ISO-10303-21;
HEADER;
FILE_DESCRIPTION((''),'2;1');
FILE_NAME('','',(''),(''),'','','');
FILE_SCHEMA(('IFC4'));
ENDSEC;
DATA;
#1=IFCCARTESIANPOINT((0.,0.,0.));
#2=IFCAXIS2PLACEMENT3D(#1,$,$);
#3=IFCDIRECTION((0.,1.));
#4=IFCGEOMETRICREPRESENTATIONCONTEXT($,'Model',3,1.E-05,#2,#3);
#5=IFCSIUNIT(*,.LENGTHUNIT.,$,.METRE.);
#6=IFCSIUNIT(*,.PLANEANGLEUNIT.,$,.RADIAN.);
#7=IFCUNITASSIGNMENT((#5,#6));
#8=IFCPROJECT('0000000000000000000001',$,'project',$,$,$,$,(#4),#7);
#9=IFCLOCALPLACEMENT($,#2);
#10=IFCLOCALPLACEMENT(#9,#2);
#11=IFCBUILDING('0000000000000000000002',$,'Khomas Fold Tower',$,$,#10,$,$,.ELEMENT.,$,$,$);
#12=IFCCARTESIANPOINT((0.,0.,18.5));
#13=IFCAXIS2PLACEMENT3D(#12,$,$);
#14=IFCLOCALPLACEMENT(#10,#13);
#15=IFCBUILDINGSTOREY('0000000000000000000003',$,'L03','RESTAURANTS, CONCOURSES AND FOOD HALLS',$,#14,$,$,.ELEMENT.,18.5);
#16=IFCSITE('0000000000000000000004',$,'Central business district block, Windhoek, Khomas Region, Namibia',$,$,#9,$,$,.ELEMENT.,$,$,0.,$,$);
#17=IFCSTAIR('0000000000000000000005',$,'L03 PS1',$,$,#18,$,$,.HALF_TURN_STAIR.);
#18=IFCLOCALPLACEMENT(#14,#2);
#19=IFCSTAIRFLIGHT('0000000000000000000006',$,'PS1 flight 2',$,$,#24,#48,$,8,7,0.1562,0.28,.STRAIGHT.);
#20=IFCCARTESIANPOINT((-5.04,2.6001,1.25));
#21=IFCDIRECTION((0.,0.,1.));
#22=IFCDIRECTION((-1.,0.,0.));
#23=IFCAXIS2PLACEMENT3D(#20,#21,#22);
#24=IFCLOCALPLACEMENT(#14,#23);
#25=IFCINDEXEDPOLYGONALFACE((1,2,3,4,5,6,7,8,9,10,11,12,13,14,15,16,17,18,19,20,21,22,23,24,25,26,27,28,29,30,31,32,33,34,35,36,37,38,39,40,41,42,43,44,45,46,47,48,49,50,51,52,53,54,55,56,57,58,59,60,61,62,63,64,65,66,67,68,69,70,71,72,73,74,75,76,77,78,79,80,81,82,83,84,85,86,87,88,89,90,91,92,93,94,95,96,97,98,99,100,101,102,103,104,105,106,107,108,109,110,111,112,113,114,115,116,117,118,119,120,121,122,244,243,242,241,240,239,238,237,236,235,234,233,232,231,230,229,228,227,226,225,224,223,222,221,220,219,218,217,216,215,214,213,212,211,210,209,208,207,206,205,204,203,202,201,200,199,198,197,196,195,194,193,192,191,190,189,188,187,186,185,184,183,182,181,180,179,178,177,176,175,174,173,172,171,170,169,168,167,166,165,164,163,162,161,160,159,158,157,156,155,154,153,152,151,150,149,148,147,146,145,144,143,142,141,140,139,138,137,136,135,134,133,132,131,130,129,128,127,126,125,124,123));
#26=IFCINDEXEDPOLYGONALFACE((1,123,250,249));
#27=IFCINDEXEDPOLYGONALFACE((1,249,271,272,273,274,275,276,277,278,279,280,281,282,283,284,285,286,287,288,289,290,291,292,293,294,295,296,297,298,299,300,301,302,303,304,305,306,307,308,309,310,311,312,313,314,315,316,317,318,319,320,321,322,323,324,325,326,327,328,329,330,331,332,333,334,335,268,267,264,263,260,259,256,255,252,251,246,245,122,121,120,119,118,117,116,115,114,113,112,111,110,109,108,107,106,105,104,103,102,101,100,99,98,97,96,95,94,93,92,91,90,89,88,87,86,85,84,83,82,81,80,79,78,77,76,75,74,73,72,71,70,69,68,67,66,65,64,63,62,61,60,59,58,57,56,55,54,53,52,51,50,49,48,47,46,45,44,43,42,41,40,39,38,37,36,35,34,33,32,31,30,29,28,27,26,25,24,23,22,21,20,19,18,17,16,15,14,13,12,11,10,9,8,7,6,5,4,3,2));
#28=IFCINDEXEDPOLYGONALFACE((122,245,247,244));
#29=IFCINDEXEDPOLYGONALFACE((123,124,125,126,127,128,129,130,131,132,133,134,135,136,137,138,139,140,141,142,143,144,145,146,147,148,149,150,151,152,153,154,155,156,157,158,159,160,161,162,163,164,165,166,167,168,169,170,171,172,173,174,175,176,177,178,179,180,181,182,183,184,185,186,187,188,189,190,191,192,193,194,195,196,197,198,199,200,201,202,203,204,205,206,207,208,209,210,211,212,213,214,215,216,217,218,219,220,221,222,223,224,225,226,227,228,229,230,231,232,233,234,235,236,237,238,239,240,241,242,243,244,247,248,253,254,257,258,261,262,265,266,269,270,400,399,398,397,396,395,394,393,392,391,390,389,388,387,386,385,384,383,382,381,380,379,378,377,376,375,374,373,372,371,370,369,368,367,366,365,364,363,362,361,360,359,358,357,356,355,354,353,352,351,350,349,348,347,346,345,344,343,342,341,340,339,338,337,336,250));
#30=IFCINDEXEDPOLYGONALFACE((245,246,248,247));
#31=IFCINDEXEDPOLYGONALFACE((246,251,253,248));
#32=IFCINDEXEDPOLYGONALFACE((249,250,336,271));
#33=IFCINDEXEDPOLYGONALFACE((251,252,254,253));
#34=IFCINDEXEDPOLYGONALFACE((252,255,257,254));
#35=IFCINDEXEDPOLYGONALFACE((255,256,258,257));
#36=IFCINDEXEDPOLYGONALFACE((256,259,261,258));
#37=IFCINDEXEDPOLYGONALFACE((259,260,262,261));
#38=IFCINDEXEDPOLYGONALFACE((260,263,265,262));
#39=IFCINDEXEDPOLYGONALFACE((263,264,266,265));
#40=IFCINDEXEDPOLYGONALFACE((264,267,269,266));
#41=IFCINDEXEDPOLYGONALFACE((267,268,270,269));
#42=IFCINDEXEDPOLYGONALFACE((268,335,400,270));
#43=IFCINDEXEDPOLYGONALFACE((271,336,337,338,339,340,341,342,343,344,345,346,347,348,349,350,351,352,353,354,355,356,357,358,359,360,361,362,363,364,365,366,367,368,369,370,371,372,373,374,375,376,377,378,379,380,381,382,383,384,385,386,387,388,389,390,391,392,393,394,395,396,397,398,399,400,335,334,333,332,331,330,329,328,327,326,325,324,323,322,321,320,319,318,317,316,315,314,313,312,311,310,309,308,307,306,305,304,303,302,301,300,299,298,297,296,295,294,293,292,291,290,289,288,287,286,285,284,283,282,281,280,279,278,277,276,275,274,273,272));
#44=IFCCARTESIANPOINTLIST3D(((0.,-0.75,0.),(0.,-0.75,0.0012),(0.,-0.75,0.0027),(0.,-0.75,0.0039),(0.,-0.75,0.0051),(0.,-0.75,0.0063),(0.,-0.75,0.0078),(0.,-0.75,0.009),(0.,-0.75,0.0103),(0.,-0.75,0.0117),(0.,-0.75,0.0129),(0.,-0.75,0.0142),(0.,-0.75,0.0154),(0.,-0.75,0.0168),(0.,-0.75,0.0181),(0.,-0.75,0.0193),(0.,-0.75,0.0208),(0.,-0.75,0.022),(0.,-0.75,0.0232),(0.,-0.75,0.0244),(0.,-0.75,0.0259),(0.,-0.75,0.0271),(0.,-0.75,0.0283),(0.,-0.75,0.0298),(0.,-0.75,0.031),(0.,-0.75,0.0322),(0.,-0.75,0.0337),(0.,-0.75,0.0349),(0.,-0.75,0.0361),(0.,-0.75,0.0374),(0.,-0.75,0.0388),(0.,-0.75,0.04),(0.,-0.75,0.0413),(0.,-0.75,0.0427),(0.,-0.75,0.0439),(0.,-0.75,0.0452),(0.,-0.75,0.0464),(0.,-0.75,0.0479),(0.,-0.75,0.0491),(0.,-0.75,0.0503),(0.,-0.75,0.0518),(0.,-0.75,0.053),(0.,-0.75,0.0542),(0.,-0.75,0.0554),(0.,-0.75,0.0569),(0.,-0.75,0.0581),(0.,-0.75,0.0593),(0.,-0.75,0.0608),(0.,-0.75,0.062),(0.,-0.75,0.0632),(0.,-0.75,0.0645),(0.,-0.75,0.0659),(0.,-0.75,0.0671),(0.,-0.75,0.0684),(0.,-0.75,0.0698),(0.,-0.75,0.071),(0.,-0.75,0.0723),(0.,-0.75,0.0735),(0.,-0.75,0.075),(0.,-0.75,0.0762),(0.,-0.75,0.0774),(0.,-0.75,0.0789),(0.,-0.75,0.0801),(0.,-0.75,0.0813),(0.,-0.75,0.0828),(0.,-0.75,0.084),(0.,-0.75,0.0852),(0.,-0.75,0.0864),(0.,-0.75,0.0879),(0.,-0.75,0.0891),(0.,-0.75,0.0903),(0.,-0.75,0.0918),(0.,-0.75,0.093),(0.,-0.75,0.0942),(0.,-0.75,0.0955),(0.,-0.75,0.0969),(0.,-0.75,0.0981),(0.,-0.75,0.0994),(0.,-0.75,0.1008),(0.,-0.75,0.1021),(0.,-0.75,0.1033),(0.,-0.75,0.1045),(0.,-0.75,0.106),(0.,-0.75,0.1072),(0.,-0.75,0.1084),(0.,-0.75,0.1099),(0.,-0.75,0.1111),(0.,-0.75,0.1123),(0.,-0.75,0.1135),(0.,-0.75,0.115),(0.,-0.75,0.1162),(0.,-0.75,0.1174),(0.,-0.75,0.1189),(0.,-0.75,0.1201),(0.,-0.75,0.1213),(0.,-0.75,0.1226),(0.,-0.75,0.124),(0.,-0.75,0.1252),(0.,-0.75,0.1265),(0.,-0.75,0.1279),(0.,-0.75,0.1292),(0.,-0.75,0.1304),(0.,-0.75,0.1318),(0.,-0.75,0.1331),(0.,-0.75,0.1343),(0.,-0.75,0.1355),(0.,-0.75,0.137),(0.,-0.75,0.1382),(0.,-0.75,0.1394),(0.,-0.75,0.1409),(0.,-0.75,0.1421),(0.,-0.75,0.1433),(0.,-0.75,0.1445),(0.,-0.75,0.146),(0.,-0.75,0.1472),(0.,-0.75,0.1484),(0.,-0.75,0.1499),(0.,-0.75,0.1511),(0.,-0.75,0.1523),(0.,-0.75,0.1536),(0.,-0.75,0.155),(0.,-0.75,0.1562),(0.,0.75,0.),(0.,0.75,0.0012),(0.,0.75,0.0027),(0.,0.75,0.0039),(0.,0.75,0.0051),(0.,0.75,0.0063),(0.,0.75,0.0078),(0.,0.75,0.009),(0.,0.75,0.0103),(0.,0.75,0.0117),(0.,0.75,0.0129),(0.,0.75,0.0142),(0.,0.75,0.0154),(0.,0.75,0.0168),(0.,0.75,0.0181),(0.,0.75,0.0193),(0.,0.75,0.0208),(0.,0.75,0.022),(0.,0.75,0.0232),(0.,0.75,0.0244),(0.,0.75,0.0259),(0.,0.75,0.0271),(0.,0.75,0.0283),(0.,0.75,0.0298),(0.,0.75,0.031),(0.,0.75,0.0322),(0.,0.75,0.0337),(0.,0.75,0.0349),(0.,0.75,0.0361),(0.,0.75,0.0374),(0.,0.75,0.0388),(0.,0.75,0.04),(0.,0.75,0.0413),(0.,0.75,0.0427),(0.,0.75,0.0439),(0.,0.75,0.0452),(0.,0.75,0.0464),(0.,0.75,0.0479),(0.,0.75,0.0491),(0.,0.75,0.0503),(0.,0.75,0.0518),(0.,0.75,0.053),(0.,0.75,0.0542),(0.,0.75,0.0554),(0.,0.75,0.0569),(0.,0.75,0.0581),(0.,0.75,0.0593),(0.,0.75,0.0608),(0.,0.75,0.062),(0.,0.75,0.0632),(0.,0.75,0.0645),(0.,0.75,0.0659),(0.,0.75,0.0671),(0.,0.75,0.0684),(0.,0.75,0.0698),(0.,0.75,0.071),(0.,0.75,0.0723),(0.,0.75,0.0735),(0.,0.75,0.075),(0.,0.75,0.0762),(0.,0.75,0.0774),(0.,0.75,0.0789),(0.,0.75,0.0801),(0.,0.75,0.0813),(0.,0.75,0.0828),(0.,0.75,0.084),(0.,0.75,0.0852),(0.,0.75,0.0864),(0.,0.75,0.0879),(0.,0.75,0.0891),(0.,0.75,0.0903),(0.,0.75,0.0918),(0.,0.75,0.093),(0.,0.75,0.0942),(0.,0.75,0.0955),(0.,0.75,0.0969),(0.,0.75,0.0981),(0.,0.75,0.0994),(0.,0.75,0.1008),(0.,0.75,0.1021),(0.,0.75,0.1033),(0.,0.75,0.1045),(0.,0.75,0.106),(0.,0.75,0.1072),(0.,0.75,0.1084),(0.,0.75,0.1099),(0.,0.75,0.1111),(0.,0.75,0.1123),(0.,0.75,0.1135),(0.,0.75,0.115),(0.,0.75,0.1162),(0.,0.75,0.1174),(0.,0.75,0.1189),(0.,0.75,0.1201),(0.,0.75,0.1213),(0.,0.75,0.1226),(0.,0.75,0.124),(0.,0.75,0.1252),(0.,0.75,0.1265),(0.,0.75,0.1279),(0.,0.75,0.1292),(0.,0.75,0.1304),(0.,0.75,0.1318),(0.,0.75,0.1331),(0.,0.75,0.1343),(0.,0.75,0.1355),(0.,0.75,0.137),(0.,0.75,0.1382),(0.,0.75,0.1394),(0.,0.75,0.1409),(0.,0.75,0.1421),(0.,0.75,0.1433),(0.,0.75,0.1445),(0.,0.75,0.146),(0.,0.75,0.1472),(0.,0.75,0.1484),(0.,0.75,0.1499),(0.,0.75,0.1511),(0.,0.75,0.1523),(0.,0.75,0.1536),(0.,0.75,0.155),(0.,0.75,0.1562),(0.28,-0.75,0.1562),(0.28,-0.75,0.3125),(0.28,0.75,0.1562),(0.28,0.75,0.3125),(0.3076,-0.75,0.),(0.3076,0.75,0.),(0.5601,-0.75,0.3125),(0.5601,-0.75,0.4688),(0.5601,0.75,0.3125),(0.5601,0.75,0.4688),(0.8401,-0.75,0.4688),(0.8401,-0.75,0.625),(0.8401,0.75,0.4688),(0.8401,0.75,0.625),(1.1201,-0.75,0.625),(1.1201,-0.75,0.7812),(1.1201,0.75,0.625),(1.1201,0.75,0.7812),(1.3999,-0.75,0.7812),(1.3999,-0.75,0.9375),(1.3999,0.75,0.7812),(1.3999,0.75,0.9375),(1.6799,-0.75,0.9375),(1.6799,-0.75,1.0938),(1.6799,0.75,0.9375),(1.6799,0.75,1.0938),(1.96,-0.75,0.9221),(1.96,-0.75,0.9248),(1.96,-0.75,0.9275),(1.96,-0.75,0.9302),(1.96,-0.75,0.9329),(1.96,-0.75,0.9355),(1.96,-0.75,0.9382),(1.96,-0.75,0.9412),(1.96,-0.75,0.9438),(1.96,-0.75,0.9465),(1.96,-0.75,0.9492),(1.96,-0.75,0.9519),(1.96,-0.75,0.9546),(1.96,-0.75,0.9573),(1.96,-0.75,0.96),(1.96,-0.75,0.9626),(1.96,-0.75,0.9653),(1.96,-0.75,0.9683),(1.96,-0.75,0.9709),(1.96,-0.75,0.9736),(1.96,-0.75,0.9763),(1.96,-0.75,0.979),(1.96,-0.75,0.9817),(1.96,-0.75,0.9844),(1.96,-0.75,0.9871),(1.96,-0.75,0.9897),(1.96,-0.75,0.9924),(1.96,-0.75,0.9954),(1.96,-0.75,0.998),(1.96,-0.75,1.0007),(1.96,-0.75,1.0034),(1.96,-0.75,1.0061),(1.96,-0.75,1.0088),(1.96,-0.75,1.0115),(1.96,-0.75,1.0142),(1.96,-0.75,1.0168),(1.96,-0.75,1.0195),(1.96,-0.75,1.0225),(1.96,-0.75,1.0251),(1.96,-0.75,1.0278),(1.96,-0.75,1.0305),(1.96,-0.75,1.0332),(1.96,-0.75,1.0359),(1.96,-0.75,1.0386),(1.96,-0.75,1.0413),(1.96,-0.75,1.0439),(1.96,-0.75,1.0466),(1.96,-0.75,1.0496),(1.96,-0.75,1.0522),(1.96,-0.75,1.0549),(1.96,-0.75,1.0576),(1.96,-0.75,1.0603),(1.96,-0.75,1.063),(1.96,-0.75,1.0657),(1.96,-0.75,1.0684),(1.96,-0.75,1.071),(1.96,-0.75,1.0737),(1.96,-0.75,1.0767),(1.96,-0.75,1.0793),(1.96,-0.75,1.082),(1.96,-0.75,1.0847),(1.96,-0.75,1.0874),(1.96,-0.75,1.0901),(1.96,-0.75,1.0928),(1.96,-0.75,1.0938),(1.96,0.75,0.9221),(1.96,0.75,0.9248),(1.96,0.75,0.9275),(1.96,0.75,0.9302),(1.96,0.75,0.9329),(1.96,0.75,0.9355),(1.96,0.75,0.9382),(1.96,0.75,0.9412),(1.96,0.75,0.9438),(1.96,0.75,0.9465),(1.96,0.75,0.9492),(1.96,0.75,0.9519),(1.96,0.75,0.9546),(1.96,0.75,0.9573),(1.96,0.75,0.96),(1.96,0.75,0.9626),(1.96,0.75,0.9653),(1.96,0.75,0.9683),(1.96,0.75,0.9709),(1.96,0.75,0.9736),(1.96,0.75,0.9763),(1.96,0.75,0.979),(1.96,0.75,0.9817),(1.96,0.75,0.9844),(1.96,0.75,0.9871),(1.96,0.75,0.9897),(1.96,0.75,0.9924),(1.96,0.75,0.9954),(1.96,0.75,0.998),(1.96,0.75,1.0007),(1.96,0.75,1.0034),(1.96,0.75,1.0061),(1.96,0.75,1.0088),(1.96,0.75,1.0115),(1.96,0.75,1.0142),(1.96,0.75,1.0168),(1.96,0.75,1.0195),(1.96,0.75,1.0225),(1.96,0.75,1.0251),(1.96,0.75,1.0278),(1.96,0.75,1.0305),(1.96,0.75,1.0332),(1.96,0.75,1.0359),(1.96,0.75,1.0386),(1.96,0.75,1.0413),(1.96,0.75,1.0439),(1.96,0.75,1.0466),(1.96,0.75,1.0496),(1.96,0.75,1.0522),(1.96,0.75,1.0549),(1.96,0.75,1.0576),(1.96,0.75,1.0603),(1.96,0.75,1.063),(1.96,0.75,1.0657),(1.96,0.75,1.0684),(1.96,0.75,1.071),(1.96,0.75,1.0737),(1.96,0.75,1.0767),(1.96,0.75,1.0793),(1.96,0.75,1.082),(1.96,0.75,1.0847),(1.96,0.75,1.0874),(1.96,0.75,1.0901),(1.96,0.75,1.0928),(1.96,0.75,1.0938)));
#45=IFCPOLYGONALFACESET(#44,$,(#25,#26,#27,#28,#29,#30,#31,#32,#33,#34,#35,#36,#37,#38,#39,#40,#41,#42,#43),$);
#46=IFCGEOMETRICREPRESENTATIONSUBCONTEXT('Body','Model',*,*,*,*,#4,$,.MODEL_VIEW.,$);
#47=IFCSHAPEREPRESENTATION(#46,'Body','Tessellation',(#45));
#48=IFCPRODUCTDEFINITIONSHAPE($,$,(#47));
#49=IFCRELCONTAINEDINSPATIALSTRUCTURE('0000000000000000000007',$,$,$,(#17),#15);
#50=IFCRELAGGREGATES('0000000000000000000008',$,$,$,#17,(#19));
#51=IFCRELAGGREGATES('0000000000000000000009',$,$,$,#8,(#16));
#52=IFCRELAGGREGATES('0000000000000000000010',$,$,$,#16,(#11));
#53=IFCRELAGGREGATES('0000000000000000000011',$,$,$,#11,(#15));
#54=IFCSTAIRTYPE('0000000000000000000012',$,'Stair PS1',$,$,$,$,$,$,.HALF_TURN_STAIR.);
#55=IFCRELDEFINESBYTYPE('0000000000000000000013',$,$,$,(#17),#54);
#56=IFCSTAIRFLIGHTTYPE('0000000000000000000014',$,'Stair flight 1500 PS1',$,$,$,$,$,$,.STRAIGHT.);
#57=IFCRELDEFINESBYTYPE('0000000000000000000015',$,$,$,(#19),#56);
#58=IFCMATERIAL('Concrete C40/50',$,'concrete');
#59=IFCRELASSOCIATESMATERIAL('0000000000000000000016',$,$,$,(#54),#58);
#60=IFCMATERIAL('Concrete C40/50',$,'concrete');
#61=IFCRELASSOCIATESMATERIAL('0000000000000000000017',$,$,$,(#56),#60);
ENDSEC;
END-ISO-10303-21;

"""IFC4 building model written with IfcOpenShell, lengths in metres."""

from ifc_helpers import new_model, si_unit, direction, frame, origin, place, context, subcontext, project, spatial, polyline, outline, extrude, source, transform, mapped, material, type_object, element, aggregate, save


model = new_model("IFC4")

# Units and contexts
model_context = context("Model", 3, precision=1e-05, world=origin(), true_north=direction((0.0, 1.0)))
body_context = subcontext(model_context, "Body", "Model", "MODEL_VIEW")
ifc_project = project(units=[si_unit("LENGTHUNIT", "METRE"), si_unit("PLANEANGLEUNIT", "RADIAN")], contexts=[model_context])

# Site, building, storey
site_placement = place(None, origin())
site = spatial("IfcSite", under=ifc_project, at=site_placement, Name="Central business district block, Windhoek, Khomas Region, Namibia", CompositionType="ELEMENT", RefElevation=0.0)
building_placement = place(site_placement, origin())
building = spatial("IfcBuilding", under=site, at=building_placement, Name="Khomas Fold Tower", CompositionType="ELEMENT")
storey_placement = place(building_placement, frame((0.0, 0.0, 18.5)))
storey = spatial("IfcBuildingStorey", under=building, at=storey_placement, Name="L03", Description="RESTAURANTS, CONCOURSES AND FOOD HALLS", CompositionType="ELEMENT", Elevation=18.5)

# Stair, stair flight
ifc_material_1 = material(Name="Concrete C40/50", Category="concrete")
stair_type = type_object("IfcStairType", Name="Stair PS1", PredefinedType="HALF_TURN_STAIR", material=ifc_material_1)
stair_placement = place(storey_placement, origin())
stair = element("IfcStair", 1, at=stair_placement, inside=storey, type_object=stair_type, Name="L03 PS1", PredefinedType="HALF_TURN_STAIR")
ifc_material_2 = material(Name="Concrete C40/50", Category="concrete")
stair_flight_type = type_object("IfcStairFlightType", Name="Stair flight 1500 PS1", PredefinedType="STRAIGHT", material=ifc_material_2)
shared_shape_1 = source(origin(), body_context, "Body", "SweptSolid", [
    extrude(outline(polyline([(0.0, 0.0), (0.0, 0.0012), (0.0, 0.0027), (0.0, 0.0039), (0.0, 0.0051), (0.0, 0.0063), (0.0, 0.0078), (0.0, 0.009), (0.0, 0.0103), (0.0, 0.0117), (0.0, 0.0129), (0.0, 0.0142), (0.0, 0.0154), (0.0, 0.0168), (0.0, 0.0181), (0.0, 0.0193), (0.0, 0.0208), (0.0, 0.022), (0.0, 0.0232), (0.0, 0.0244), (0.0, 0.0259), (0.0, 0.0271), (0.0, 0.0283), (0.0, 0.0298), (0.0, 0.031), (0.0, 0.0322), (0.0, 0.0337), (0.0, 0.0349), (0.0, 0.0361), (0.0, 0.0374), (0.0, 0.0388), (0.0, 0.04), (0.0, 0.0413), (0.0, 0.0427), (0.0, 0.0439), (0.0, 0.0452), (0.0, 0.0464), (0.0, 0.0479), (0.0, 0.0491), (0.0, 0.0503), (0.0, 0.0518), (0.0, 0.053), (0.0, 0.0542), (0.0, 0.0554), (0.0, 0.0569), (0.0, 0.0581), (0.0, 0.0593), (0.0, 0.0608), (0.0, 0.062), (0.0, 0.0632), (0.0, 0.0645), (0.0, 0.0659), (0.0, 0.0671), (0.0, 0.0684), (0.0, 0.0698), (0.0, 0.071), (0.0, 0.0723), (0.0, 0.0735), (0.0, 0.075), (0.0, 0.0762), (0.0, 0.0774), (0.0, 0.0789), (0.0, 0.0801), (0.0, 0.0813), (0.0, 0.0828), (0.0, 0.084), (0.0, 0.0852), (0.0, 0.0864), (0.0, 0.0879), (0.0, 0.0891), (0.0, 0.0903), (0.0, 0.0918), (0.0, 0.093), (0.0, 0.0942), (0.0, 0.0955), (0.0, 0.0969), (0.0, 0.0981), (0.0, 0.0994), (0.0, 0.1008), (0.0, 0.1021), (0.0, 0.1033), (0.0, 0.1045), (0.0, 0.106), (0.0, 0.1072), (0.0, 0.1084), (0.0, 0.1099), (0.0, 0.1111), (0.0, 0.1123), (0.0, 0.1135), (0.0, 0.115), (0.0, 0.1162), (0.0, 0.1174), (0.0, 0.1189), (0.0, 0.1201), (0.0, 0.1213), (0.0, 0.1226), (0.0, 0.124), (0.0, 0.1252), (0.0, 0.1265), (0.0, 0.1279), (0.0, 0.1292), (0.0, 0.1304), (0.0, 0.1318), (0.0, 0.1331), (0.0, 0.1343), (0.0, 0.1355), (0.0, 0.137), (0.0, 0.1382), (0.0, 0.1394), (0.0, 0.1409), (0.0, 0.1421), (0.0, 0.1433), (0.0, 0.1445), (0.0, 0.146), (0.0, 0.1472), (0.0, 0.1484), (0.0, 0.1499), (0.0, 0.1511), (0.0, 0.1523), (0.0, 0.1536), (0.0, 0.155), (0.0, 0.1562), (0.28, 0.1562), (0.28, 0.3125), (0.5601, 0.3125), (0.5601, 0.4688), (0.8401, 0.4688), (0.8401, 0.625), (1.1201, 0.625), (1.1201, 0.7812), (1.3999, 0.7812), (1.3999, 0.9375), (1.6799, 0.9375), (1.6799, 1.0938), (1.96, 1.0938), (1.96, 1.25), (1.96, 1.2473), (1.96, 1.2446), (1.96, 1.2419), (1.96, 1.2393), (1.96, 1.2363), (1.96, 1.2336), (1.96, 1.231), (1.96, 1.2283), (1.96, 1.2256), (1.96, 1.2229), (1.96, 1.2202), (1.96, 1.2175), (1.96, 1.2148), (1.96, 1.2122), (1.96, 1.2092), (1.96, 1.2065), (1.96, 1.2039), (1.96, 1.2012), (1.96, 1.1985), (1.96, 1.1958), (1.96, 1.1931), (1.96, 1.1904), (1.96, 1.1877), (1.96, 1.1851), (1.96, 1.1821), (1.96, 1.1794), (1.96, 1.1768), (1.96, 1.1741), (1.96, 1.1714), (1.96, 1.1687), (1.96, 1.166), (1.96, 1.1633), (1.96, 1.1606), (1.96, 1.158), (1.96, 1.155), (1.96, 1.1523), (1.96, 1.1497), (1.96, 1.147), (1.96, 1.1443), (1.96, 1.1416), (1.96, 1.1389), (1.96, 1.1362), (1.96, 1.1335), (1.96, 1.1309), (1.96, 1.1279), (1.96, 1.1252), (1.96, 1.1226), (1.96, 1.1199), (1.96, 1.1172), (1.96, 1.1145), (1.96, 1.1118), (1.96, 1.1091), (1.96, 1.1064), (1.96, 1.1038), (1.96, 1.1008), (1.96, 1.0981), (1.96, 1.0955), (1.96, 1.0928), (1.96, 1.0901), (1.96, 1.0874), (1.96, 1.0847), (1.96, 1.082), (1.96, 1.0793), (1.96, 1.0767), (1.96, 1.0737), (1.96, 1.071), (1.96, 1.0684), (1.96, 1.0657), (1.96, 1.063), (1.96, 1.0603), (1.96, 1.0576), (1.96, 1.0549), (1.96, 1.0522), (1.96, 1.0496), (1.96, 1.0466), (1.96, 1.0439), (1.96, 1.0413), (1.96, 1.0386), (1.96, 1.0359), (1.96, 1.0332), (1.96, 1.0305), (1.96, 1.0278), (1.96, 1.0251), (1.96, 1.0225), (1.96, 1.0195), (1.96, 1.0168), (1.96, 1.0142), (1.96, 1.0115), (1.96, 1.0088), (1.96, 1.0061), (1.96, 1.0034), (1.96, 1.0007), (1.96, 0.998), (1.96, 0.9954), (1.96, 0.9924), (1.96, 0.9897), (1.96, 0.9871), (1.96, 0.9844), (1.96, 0.9817), (1.96, 0.979), (1.96, 0.9763), (1.96, 0.9736), (1.96, 0.9709), (1.96, 0.9683), (1.96, 0.9653), (1.96, 0.9626), (1.96, 0.96), (1.96, 0.9573), (1.96, 0.9546), (1.96, 0.9519), (1.96, 0.9492), (1.96, 0.9465), (1.96, 0.9438), (1.96, 0.9412), (1.96, 0.9382), (1.96, 0.9355), (1.96, 0.9329), (1.96, 0.9302), (1.96, 0.9275), (1.96, 0.9248), (1.96, 0.9221), (0.3076, 0.0), (0.0, 0.0)])), frame((0.0, 0.75, 0.0), z_axis=(0.0, -1.0, 0.0), x_axis=(1.0, 0.0, 0.0)), (0.0, 0.0, 1.0), 1.5),
])
stair_flight_1_placement = place(storey_placement, frame((-5.04, 2.6001, 1.25), z_axis=(0.0, 0.0, 1.0), x_axis=(-1.0, 0.0, 0.0)))
stair_flight_1 = element("IfcStairFlight", 2, at=stair_flight_1_placement, type_object=stair_flight_type, Name="PS1 flight 2", NumberOfRisers=8, NumberOfTreads=7, PredefinedType="STRAIGHT", RiserHeight=0.1562, TreadLength=0.28, context=body_context, shape_type="MappedRepresentation", body=[
    mapped(shared_shape_1, transform((0.0, 0.0, 0.0))),
])
aggregate(stair, [stair_flight_1])

save(model, "model.ifc")
